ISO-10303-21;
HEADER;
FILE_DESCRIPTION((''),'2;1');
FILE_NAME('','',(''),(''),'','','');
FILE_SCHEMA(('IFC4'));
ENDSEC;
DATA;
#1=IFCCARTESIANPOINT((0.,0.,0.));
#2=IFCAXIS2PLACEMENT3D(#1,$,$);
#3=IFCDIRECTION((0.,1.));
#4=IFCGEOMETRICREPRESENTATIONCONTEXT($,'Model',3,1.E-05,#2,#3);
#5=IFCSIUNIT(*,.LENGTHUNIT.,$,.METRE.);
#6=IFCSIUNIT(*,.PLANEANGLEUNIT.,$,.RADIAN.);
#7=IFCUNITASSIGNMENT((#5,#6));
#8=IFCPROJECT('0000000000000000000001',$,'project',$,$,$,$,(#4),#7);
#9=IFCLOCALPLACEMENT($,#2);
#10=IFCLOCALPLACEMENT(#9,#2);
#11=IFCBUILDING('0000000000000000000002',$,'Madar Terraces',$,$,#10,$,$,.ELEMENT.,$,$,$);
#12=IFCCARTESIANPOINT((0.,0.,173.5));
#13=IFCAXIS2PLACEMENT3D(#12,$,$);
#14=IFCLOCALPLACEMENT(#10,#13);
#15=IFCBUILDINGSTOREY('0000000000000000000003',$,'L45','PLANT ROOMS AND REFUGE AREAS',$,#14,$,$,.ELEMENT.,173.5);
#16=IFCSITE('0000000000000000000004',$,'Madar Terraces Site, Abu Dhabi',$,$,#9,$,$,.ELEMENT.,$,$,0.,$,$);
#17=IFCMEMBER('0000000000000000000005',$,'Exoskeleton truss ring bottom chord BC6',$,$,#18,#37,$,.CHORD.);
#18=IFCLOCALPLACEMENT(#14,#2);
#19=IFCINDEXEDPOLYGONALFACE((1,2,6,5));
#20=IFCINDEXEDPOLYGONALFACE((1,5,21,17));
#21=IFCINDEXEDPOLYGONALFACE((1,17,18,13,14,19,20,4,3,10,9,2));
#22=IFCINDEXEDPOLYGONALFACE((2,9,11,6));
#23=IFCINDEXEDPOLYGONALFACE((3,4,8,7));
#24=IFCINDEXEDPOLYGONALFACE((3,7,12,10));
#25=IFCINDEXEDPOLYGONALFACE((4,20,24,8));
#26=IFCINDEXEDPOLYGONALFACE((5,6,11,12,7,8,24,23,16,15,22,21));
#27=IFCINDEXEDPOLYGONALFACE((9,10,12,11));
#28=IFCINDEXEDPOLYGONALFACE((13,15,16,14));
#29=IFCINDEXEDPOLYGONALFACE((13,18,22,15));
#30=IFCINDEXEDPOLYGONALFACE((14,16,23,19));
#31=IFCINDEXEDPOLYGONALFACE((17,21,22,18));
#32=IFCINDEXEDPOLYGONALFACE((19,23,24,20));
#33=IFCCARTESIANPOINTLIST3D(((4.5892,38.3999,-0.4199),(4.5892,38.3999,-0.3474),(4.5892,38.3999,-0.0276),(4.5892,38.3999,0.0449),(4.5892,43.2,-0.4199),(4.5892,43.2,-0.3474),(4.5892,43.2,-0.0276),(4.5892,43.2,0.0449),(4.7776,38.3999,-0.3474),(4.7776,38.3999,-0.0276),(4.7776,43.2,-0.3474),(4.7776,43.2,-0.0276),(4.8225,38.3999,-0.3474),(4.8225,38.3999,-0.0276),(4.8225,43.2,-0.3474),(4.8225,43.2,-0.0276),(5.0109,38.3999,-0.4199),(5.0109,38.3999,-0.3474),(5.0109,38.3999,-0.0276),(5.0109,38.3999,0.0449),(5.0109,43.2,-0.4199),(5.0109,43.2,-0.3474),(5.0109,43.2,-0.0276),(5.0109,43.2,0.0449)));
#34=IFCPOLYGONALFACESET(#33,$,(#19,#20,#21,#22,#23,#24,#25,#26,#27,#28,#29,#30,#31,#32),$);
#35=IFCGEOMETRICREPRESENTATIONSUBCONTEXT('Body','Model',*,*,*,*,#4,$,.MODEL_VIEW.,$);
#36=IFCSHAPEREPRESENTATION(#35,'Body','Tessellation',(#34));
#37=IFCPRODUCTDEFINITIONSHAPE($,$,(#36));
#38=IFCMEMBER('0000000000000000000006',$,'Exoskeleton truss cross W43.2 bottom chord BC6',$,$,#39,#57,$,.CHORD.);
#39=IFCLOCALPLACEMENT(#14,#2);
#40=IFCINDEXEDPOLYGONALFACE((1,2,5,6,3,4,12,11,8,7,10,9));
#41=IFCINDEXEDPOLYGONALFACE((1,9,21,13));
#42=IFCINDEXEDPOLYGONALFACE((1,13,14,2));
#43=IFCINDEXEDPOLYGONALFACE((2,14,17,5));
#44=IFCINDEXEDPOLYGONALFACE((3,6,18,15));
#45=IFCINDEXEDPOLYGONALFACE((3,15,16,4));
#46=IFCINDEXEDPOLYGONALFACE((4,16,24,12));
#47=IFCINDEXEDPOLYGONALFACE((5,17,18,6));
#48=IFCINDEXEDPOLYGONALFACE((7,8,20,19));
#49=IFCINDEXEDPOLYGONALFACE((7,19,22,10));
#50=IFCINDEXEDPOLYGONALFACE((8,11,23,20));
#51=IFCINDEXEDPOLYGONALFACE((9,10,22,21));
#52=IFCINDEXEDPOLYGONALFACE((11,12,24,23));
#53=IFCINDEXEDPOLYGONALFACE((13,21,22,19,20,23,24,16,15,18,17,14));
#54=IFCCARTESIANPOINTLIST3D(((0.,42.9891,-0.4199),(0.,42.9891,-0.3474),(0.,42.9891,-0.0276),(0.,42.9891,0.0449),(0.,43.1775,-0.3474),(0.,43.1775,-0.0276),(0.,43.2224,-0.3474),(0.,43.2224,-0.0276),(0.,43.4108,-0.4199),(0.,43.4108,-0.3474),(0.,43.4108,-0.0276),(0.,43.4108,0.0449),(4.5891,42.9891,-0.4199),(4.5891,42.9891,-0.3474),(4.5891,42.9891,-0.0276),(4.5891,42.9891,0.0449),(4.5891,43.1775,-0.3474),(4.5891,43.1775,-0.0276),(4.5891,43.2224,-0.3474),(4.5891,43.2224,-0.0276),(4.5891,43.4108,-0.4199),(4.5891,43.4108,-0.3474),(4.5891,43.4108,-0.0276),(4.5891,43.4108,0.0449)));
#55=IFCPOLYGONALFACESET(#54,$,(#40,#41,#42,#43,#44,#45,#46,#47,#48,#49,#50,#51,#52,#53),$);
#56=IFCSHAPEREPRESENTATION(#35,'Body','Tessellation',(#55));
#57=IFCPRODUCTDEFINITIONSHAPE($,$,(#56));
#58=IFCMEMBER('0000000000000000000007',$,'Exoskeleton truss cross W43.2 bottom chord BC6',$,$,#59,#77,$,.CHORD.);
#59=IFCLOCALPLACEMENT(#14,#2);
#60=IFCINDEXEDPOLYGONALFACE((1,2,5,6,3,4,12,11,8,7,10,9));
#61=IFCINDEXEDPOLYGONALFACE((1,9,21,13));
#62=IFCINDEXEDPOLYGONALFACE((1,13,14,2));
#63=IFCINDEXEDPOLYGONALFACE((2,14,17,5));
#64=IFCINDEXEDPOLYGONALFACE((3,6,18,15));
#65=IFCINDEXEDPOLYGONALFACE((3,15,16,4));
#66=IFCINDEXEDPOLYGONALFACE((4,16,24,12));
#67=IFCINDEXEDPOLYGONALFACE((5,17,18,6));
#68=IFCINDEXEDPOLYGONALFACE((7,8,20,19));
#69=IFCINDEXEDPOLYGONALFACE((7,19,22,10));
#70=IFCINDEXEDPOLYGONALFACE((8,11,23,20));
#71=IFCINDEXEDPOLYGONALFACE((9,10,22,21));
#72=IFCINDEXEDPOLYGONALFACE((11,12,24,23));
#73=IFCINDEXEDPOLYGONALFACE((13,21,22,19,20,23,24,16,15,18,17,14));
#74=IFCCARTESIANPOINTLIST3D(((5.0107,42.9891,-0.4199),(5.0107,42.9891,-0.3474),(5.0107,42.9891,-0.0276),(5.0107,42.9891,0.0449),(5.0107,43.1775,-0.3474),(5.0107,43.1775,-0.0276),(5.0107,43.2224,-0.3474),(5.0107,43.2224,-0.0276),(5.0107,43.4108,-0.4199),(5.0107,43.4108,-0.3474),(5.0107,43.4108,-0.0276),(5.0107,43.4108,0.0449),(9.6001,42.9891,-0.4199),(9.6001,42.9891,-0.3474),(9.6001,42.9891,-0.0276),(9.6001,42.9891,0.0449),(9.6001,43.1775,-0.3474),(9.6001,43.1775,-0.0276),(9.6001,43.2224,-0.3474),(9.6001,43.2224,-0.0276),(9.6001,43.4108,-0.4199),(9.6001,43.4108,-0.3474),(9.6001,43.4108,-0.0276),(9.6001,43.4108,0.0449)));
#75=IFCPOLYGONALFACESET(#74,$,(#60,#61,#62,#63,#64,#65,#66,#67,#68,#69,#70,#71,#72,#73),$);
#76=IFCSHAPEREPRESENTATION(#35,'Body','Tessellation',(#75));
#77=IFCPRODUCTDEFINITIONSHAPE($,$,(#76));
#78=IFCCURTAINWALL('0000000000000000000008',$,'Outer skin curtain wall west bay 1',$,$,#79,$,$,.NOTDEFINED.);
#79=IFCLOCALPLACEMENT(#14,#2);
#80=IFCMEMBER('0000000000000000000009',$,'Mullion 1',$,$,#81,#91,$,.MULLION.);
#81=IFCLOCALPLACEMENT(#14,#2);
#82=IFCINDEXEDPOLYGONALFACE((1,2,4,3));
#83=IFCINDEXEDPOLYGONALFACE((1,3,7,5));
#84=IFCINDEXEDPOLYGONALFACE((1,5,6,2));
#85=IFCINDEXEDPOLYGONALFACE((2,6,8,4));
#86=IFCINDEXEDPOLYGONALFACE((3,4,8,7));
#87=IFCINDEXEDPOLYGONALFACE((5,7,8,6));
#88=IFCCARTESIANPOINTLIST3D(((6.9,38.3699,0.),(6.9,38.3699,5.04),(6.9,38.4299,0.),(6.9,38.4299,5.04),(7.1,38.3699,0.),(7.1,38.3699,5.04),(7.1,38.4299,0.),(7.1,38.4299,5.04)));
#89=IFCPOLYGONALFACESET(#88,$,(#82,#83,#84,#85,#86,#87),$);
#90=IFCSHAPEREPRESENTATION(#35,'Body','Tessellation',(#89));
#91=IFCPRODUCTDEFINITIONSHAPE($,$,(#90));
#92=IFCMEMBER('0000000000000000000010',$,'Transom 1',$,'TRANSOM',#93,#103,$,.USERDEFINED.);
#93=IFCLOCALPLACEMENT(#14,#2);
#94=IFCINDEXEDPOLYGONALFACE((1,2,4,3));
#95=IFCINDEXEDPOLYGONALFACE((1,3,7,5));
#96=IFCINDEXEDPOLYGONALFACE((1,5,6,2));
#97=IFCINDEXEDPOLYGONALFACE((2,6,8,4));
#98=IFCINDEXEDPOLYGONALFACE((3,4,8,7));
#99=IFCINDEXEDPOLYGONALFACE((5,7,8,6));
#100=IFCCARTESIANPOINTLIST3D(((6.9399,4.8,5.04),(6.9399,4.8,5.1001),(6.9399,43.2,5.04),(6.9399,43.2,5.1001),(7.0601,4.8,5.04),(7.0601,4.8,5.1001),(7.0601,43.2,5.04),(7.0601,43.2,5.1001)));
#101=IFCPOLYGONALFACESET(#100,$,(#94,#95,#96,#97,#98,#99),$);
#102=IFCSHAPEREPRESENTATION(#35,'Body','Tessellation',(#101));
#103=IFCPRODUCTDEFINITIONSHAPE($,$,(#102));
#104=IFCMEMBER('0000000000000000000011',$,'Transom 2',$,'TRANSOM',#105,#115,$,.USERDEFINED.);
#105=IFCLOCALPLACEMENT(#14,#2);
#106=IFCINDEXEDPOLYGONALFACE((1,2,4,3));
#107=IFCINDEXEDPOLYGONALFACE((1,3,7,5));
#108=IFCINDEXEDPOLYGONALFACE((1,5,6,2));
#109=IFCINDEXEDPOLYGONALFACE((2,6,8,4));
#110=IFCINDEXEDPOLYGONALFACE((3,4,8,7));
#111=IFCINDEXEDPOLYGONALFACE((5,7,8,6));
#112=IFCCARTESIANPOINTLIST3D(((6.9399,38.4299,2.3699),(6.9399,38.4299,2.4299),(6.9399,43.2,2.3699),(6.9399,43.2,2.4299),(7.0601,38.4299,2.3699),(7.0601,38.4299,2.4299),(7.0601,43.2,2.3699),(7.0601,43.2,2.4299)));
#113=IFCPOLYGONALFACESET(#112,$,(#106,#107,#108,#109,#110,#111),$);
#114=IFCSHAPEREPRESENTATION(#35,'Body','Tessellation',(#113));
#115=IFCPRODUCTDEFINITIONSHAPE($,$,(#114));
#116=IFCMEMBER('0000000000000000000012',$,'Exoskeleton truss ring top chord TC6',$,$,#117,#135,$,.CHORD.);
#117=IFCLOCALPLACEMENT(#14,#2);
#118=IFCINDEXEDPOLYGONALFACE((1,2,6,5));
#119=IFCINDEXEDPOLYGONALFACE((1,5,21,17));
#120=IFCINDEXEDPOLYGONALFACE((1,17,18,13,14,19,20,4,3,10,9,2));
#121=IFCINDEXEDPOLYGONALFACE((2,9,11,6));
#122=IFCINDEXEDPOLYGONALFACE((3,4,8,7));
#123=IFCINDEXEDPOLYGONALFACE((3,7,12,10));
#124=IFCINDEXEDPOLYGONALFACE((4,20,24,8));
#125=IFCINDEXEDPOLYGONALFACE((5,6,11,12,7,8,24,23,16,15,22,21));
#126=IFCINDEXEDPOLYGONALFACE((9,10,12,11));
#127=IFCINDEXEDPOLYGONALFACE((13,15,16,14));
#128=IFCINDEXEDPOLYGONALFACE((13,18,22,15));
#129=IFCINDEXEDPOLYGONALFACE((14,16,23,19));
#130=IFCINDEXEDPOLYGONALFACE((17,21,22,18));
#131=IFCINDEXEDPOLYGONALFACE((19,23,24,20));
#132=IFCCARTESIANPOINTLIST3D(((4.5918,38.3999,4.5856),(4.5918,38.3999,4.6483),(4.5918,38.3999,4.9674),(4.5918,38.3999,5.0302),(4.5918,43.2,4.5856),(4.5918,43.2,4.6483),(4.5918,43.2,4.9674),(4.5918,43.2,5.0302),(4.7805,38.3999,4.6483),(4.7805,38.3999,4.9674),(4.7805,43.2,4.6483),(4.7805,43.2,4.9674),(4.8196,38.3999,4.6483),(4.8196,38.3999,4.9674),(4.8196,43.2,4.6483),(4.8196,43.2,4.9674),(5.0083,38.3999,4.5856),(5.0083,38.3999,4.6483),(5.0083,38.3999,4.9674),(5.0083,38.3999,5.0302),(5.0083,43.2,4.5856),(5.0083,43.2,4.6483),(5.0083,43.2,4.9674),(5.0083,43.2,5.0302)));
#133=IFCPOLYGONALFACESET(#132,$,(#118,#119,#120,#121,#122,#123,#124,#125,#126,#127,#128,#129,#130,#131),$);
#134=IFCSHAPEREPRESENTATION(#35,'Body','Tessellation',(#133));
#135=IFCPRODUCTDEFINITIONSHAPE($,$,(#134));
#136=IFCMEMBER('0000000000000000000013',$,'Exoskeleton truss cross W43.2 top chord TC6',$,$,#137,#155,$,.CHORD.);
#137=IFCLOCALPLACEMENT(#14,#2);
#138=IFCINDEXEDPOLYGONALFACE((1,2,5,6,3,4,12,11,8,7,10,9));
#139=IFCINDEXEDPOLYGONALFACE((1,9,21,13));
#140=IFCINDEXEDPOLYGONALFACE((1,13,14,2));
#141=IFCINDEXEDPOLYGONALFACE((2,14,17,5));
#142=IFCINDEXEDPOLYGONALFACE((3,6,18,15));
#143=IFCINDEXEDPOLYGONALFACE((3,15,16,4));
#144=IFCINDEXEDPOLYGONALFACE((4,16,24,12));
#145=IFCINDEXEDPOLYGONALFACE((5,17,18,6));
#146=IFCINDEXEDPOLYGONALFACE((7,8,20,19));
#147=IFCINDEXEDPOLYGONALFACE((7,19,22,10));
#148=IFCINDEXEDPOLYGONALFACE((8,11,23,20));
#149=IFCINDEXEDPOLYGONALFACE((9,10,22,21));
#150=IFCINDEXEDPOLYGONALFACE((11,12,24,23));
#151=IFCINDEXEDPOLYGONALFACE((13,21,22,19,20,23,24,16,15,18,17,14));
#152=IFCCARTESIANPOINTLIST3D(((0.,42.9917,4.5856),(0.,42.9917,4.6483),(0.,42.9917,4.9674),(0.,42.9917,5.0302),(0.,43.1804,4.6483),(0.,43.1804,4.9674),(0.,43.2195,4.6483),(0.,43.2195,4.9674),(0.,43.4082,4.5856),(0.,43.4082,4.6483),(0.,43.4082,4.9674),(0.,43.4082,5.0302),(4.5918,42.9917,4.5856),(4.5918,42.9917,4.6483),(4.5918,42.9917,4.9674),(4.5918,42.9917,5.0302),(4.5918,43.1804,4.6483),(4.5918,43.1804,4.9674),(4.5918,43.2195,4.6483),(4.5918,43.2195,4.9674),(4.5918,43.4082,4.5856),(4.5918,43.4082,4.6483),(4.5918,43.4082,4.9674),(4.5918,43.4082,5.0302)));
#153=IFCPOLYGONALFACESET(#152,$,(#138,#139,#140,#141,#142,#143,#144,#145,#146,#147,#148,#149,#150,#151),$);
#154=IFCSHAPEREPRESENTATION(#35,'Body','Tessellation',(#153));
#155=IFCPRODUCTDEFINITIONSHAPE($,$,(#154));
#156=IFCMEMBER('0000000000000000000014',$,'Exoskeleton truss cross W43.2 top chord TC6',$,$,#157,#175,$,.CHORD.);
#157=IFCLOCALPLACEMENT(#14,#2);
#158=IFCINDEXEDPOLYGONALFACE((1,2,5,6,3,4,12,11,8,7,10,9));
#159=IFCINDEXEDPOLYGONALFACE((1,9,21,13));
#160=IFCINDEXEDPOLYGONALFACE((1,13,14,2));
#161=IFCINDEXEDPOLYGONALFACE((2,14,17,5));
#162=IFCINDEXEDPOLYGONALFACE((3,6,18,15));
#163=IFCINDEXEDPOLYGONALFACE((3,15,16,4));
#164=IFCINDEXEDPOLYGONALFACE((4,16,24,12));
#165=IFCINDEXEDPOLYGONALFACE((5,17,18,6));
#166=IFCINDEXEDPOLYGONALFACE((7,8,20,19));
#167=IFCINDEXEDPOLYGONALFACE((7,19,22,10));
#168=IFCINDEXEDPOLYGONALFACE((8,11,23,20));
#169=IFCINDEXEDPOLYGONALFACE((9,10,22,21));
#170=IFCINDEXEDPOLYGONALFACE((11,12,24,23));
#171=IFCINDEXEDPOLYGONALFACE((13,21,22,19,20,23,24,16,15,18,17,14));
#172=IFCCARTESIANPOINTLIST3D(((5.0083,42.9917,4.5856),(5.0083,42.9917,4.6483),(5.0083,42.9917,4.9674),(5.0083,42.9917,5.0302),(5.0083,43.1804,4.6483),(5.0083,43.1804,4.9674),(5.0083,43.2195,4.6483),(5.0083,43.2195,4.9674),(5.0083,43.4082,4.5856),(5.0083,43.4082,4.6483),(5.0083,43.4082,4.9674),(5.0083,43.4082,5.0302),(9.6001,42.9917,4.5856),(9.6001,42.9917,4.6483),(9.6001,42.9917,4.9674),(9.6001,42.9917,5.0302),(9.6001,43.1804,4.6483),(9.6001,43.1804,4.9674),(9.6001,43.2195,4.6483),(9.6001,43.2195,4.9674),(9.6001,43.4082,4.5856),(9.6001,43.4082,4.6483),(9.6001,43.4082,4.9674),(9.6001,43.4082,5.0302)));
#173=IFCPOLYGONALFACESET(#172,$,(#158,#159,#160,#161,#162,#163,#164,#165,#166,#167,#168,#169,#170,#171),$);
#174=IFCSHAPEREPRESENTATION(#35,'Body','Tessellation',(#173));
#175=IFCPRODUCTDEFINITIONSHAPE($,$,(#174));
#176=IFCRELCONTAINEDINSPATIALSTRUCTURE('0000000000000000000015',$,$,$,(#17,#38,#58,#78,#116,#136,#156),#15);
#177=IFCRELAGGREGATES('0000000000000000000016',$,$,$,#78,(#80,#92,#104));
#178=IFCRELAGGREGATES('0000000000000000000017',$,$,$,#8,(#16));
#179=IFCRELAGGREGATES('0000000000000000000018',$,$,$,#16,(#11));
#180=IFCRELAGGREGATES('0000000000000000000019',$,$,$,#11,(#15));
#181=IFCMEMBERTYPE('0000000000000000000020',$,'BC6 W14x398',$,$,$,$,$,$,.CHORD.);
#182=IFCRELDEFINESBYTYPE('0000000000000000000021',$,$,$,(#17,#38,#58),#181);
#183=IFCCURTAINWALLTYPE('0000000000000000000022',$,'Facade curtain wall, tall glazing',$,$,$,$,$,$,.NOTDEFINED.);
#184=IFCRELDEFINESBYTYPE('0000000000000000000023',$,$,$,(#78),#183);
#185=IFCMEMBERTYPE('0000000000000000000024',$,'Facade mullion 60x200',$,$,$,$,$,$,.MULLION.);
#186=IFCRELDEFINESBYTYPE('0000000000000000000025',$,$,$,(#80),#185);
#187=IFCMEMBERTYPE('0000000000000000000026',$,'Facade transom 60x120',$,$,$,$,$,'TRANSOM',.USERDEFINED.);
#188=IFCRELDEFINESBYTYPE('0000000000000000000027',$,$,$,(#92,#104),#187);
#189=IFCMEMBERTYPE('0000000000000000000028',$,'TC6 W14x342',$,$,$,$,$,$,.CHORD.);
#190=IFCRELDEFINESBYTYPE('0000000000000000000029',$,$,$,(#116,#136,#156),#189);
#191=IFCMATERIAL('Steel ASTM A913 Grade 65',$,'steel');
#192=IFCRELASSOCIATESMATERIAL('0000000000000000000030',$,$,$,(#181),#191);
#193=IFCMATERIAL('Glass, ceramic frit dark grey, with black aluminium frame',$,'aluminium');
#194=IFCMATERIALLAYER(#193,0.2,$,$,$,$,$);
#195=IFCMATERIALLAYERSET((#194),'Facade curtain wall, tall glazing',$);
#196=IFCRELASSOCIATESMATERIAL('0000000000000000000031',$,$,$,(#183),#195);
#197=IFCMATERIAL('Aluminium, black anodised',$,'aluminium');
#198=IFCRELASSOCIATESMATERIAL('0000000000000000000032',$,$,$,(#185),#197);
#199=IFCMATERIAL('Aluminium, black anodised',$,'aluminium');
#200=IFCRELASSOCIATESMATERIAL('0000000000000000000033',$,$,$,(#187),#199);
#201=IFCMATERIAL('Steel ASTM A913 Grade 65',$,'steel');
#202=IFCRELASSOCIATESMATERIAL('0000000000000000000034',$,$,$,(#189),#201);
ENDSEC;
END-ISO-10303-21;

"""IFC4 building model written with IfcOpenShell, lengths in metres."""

from ifc_helpers import new_model, si_unit, direction, frame, origin, origin_2d, place, context, subcontext, project, spatial, rectangle, i_section, extrude, material, layer, layer_set, material_profile, profile_set, type_object, element, aggregate, save


model = new_model("IFC4")

# Units and contexts
model_context = context("Model", 3, precision=1e-05, world=origin(), true_north=direction((0.0, 1.0)))
body_context = subcontext(model_context, "Body", "Model", "MODEL_VIEW")
ifc_project = project(units=[si_unit("LENGTHUNIT", "METRE"), si_unit("PLANEANGLEUNIT", "RADIAN")], contexts=[model_context])

# Site, building, storey
site_placement = place(None, origin())
site = spatial("IfcSite", under=ifc_project, at=site_placement, Name="Madar Terraces Site, Abu Dhabi", CompositionType="ELEMENT", RefElevation=0.0)
building_placement = place(site_placement, origin())
building = spatial("IfcBuilding", under=site, at=building_placement, Name="Madar Terraces", CompositionType="ELEMENT")
storey_placement = place(building_placement, frame((0.0, 0.0, 173.5)))
storey = spatial("IfcBuildingStorey", under=building, at=storey_placement, Name="L45", Description="PLANT ROOMS AND REFUGE AREAS", CompositionType="ELEMENT", Elevation=173.5)

# Members
ifc_material_1 = material(Name="Steel ASTM A913 Grade 65", Category="steel")
ifc_material_profile_1 = material_profile(ifc_material_1, i_section(OverallWidth=0.4216, OverallDepth=0.4648, WebThickness=0.0449, FlangeThickness=0.0725, at=origin_2d()), Name="W14x398")
ifc_profile_set_1 = profile_set([ifc_material_profile_1], Name="Steel ASTM A913 Grade 65")
member_type_1 = type_object("IfcMemberType", Name="BC6 W14x398", PredefinedType="CHORD", material=ifc_profile_set_1)
member_1_placement = place(storey_placement, frame((4.8, 43.2, -0.1875), z_axis=(0.0, -1.0, 0.0), x_axis=(1.0, 0.0, 0.0)))
element("IfcMember", 1, at=member_1_placement, inside=storey, type_object=member_type_1, Name="Exoskeleton truss ring bottom chord BC6", PredefinedType="CHORD", context=body_context, shape_type="SweptSolid", body=[
    extrude(i_section(OverallWidth=0.4216, OverallDepth=0.4648, WebThickness=0.0449, FlangeThickness=0.0725, at=origin_2d()), origin(), (0.0, 0.0, 1.0), 4.8),
])
member_2_placement = place(storey_placement, frame((0.0, 43.2, -0.1875), z_axis=(1.0, 0.0, 0.0), x_axis=(0.0, 1.0, 0.0)))
element("IfcMember", 2, at=member_2_placement, inside=storey, type_object=member_type_1, Name="Exoskeleton truss cross W43.2 bottom chord BC6", PredefinedType="CHORD", context=body_context, shape_type="SweptSolid", body=[
    extrude(i_section(OverallWidth=0.4216, OverallDepth=0.4648, WebThickness=0.0449, FlangeThickness=0.0725, at=origin_2d()), origin(), (0.0, 0.0, 1.0), 4.5891),
])
member_3_placement = place(storey_placement, frame((5.0107, 43.2, -0.1875), z_axis=(1.0, 0.0, 0.0), x_axis=(0.0, 1.0, 0.0)))
element("IfcMember", 3, at=member_3_placement, inside=storey, type_object=member_type_1, Name="Exoskeleton truss cross W43.2 bottom chord BC6", PredefinedType="CHORD", context=body_context, shape_type="SweptSolid", body=[
    extrude(i_section(OverallWidth=0.4216, OverallDepth=0.4648, WebThickness=0.0449, FlangeThickness=0.0725, at=origin_2d()), origin(), (0.0, 0.0, 1.0), 4.5894),
])

# Curtain wall, members
ifc_material_2 = material(Name="Glass, ceramic frit dark grey, with black aluminium frame", Category="aluminium")
ifc_layer_1 = layer(ifc_material_2, 0.2)
ifc_layer_set_1 = layer_set([ifc_layer_1], Name="Facade curtain wall, tall glazing")
curtain_wall_type = type_object("IfcCurtainWallType", Name="Facade curtain wall, tall glazing", PredefinedType="NOTDEFINED", material=ifc_layer_set_1)
curtain_wall_placement = place(storey_placement, origin())
curtain_wall = element("IfcCurtainWall", 4, at=curtain_wall_placement, inside=storey, type_object=curtain_wall_type, Name="Outer skin curtain wall west bay 1", PredefinedType="NOTDEFINED")
ifc_material_3 = material(Name="Aluminium, black anodised", Category="aluminium")
ifc_material_profile_2 = material_profile(ifc_material_3, rectangle(XDim=0.2, YDim=0.0601, at=origin_2d()), Name="Facade mullion 60x200")
ifc_profile_set_2 = profile_set([ifc_material_profile_2], Name="Aluminium, black anodised")
member_type_2 = type_object("IfcMemberType", Name="Facade mullion 60x200", PredefinedType="MULLION", material=ifc_profile_set_2)
member_4_placement = place(storey_placement, frame((7.0, 38.3999, 0.0), z_axis=(0.0, 0.0, 1.0), x_axis=(1.0, 0.0, 0.0)))
member_4 = element("IfcMember", 5, at=member_4_placement, type_object=member_type_2, Name="Mullion 1", PredefinedType="MULLION", context=body_context, shape_type="SweptSolid", body=[
    extrude(rectangle(XDim=0.2, YDim=0.0601, at=origin_2d()), origin(), (0.0, 0.0, 1.0), 5.04),
])
ifc_material_4 = material(Name="Aluminium, black anodised", Category="aluminium")
ifc_material_profile_3 = material_profile(ifc_material_4, rectangle(XDim=0.1201, YDim=0.0601, at=origin_2d()), Name="Facade transom 60x120")
ifc_profile_set_3 = profile_set([ifc_material_profile_3], Name="Aluminium, black anodised")
member_type_3 = type_object("IfcMemberType", Name="Facade transom 60x120", ElementType="TRANSOM", PredefinedType="USERDEFINED", material=ifc_profile_set_3)
member_5_placement = place(storey_placement, frame((7.0, 43.2, 5.0701), z_axis=(0.0, -1.0, 0.0), x_axis=(1.0, 0.0, 0.0)))
member_5 = element("IfcMember", 6, at=member_5_placement, type_object=member_type_3, Name="Transom 1", ObjectType="TRANSOM", PredefinedType="USERDEFINED", context=body_context, shape_type="SweptSolid", body=[
    extrude(rectangle(XDim=0.1201, YDim=0.0601, at=origin_2d()), origin(), (0.0, 0.0, 1.0), 38.3999),
])
member_6_placement = place(storey_placement, frame((7.0, 43.2, 2.3999), z_axis=(0.0, -1.0, 0.0), x_axis=(1.0, 0.0, 0.0)))
member_6 = element("IfcMember", 7, at=member_6_placement, type_object=member_type_3, Name="Transom 2", ObjectType="TRANSOM", PredefinedType="USERDEFINED", context=body_context, shape_type="SweptSolid", body=[
    extrude(rectangle(XDim=0.1201, YDim=0.0601, at=origin_2d()), origin(), (0.0, 0.0, 1.0), 4.77),
])

# Members
ifc_material_5 = material(Name="Steel ASTM A913 Grade 65", Category="steel")
ifc_material_profile_4 = material_profile(ifc_material_5, i_section(OverallWidth=0.4165, OverallDepth=0.4446, WebThickness=0.0391, FlangeThickness=0.0627, at=origin_2d()), Name="W14x342")
ifc_profile_set_4 = profile_set([ifc_material_profile_4], Name="Steel ASTM A913 Grade 65")
member_type_4 = type_object("IfcMemberType", Name="TC6 W14x342", PredefinedType="CHORD", material=ifc_profile_set_4)
member_7_placement = place(storey_placement, frame((4.8, 43.2, 4.8079), z_axis=(0.0, -1.0, 0.0), x_axis=(1.0, 0.0, 0.0)))
element("IfcMember", 8, at=member_7_placement, inside=storey, type_object=member_type_4, Name="Exoskeleton truss ring top chord TC6", PredefinedType="CHORD", context=body_context, shape_type="SweptSolid", body=[
    extrude(i_section(OverallWidth=0.4165, OverallDepth=0.4446, WebThickness=0.0391, FlangeThickness=0.0627, at=origin_2d()), origin(), (0.0, 0.0, 1.0), 4.8),
])
for number, where, z_axis, x_axis, name in (
    (9, (0.0, 43.2, 4.8079), (1.0, 0.0, 0.0), (0.0, 1.0, 0.0), "Exoskeleton truss cross W43.2 top chord TC6"),
    (10, (5.0083, 43.2, 4.8079), (1.0, 0.0, 0.0), (0.0, 1.0, 0.0), "Exoskeleton truss cross W43.2 top chord TC6"),
):
    element("IfcMember", number, at=place(storey_placement, frame(where, z_axis=z_axis, x_axis=x_axis)), inside=storey, type_object=member_type_4, Name=name, PredefinedType="CHORD", context=body_context, shape_type="SweptSolid", body=[
        extrude(i_section(OverallWidth=0.4165, OverallDepth=0.4446, WebThickness=0.0391, FlangeThickness=0.0627, at=origin_2d()), origin(), (0.0, 0.0, 1.0), 4.5918),
    ])

aggregate(curtain_wall, [member_4, member_5, member_6])

save(model, "model.ifc")
